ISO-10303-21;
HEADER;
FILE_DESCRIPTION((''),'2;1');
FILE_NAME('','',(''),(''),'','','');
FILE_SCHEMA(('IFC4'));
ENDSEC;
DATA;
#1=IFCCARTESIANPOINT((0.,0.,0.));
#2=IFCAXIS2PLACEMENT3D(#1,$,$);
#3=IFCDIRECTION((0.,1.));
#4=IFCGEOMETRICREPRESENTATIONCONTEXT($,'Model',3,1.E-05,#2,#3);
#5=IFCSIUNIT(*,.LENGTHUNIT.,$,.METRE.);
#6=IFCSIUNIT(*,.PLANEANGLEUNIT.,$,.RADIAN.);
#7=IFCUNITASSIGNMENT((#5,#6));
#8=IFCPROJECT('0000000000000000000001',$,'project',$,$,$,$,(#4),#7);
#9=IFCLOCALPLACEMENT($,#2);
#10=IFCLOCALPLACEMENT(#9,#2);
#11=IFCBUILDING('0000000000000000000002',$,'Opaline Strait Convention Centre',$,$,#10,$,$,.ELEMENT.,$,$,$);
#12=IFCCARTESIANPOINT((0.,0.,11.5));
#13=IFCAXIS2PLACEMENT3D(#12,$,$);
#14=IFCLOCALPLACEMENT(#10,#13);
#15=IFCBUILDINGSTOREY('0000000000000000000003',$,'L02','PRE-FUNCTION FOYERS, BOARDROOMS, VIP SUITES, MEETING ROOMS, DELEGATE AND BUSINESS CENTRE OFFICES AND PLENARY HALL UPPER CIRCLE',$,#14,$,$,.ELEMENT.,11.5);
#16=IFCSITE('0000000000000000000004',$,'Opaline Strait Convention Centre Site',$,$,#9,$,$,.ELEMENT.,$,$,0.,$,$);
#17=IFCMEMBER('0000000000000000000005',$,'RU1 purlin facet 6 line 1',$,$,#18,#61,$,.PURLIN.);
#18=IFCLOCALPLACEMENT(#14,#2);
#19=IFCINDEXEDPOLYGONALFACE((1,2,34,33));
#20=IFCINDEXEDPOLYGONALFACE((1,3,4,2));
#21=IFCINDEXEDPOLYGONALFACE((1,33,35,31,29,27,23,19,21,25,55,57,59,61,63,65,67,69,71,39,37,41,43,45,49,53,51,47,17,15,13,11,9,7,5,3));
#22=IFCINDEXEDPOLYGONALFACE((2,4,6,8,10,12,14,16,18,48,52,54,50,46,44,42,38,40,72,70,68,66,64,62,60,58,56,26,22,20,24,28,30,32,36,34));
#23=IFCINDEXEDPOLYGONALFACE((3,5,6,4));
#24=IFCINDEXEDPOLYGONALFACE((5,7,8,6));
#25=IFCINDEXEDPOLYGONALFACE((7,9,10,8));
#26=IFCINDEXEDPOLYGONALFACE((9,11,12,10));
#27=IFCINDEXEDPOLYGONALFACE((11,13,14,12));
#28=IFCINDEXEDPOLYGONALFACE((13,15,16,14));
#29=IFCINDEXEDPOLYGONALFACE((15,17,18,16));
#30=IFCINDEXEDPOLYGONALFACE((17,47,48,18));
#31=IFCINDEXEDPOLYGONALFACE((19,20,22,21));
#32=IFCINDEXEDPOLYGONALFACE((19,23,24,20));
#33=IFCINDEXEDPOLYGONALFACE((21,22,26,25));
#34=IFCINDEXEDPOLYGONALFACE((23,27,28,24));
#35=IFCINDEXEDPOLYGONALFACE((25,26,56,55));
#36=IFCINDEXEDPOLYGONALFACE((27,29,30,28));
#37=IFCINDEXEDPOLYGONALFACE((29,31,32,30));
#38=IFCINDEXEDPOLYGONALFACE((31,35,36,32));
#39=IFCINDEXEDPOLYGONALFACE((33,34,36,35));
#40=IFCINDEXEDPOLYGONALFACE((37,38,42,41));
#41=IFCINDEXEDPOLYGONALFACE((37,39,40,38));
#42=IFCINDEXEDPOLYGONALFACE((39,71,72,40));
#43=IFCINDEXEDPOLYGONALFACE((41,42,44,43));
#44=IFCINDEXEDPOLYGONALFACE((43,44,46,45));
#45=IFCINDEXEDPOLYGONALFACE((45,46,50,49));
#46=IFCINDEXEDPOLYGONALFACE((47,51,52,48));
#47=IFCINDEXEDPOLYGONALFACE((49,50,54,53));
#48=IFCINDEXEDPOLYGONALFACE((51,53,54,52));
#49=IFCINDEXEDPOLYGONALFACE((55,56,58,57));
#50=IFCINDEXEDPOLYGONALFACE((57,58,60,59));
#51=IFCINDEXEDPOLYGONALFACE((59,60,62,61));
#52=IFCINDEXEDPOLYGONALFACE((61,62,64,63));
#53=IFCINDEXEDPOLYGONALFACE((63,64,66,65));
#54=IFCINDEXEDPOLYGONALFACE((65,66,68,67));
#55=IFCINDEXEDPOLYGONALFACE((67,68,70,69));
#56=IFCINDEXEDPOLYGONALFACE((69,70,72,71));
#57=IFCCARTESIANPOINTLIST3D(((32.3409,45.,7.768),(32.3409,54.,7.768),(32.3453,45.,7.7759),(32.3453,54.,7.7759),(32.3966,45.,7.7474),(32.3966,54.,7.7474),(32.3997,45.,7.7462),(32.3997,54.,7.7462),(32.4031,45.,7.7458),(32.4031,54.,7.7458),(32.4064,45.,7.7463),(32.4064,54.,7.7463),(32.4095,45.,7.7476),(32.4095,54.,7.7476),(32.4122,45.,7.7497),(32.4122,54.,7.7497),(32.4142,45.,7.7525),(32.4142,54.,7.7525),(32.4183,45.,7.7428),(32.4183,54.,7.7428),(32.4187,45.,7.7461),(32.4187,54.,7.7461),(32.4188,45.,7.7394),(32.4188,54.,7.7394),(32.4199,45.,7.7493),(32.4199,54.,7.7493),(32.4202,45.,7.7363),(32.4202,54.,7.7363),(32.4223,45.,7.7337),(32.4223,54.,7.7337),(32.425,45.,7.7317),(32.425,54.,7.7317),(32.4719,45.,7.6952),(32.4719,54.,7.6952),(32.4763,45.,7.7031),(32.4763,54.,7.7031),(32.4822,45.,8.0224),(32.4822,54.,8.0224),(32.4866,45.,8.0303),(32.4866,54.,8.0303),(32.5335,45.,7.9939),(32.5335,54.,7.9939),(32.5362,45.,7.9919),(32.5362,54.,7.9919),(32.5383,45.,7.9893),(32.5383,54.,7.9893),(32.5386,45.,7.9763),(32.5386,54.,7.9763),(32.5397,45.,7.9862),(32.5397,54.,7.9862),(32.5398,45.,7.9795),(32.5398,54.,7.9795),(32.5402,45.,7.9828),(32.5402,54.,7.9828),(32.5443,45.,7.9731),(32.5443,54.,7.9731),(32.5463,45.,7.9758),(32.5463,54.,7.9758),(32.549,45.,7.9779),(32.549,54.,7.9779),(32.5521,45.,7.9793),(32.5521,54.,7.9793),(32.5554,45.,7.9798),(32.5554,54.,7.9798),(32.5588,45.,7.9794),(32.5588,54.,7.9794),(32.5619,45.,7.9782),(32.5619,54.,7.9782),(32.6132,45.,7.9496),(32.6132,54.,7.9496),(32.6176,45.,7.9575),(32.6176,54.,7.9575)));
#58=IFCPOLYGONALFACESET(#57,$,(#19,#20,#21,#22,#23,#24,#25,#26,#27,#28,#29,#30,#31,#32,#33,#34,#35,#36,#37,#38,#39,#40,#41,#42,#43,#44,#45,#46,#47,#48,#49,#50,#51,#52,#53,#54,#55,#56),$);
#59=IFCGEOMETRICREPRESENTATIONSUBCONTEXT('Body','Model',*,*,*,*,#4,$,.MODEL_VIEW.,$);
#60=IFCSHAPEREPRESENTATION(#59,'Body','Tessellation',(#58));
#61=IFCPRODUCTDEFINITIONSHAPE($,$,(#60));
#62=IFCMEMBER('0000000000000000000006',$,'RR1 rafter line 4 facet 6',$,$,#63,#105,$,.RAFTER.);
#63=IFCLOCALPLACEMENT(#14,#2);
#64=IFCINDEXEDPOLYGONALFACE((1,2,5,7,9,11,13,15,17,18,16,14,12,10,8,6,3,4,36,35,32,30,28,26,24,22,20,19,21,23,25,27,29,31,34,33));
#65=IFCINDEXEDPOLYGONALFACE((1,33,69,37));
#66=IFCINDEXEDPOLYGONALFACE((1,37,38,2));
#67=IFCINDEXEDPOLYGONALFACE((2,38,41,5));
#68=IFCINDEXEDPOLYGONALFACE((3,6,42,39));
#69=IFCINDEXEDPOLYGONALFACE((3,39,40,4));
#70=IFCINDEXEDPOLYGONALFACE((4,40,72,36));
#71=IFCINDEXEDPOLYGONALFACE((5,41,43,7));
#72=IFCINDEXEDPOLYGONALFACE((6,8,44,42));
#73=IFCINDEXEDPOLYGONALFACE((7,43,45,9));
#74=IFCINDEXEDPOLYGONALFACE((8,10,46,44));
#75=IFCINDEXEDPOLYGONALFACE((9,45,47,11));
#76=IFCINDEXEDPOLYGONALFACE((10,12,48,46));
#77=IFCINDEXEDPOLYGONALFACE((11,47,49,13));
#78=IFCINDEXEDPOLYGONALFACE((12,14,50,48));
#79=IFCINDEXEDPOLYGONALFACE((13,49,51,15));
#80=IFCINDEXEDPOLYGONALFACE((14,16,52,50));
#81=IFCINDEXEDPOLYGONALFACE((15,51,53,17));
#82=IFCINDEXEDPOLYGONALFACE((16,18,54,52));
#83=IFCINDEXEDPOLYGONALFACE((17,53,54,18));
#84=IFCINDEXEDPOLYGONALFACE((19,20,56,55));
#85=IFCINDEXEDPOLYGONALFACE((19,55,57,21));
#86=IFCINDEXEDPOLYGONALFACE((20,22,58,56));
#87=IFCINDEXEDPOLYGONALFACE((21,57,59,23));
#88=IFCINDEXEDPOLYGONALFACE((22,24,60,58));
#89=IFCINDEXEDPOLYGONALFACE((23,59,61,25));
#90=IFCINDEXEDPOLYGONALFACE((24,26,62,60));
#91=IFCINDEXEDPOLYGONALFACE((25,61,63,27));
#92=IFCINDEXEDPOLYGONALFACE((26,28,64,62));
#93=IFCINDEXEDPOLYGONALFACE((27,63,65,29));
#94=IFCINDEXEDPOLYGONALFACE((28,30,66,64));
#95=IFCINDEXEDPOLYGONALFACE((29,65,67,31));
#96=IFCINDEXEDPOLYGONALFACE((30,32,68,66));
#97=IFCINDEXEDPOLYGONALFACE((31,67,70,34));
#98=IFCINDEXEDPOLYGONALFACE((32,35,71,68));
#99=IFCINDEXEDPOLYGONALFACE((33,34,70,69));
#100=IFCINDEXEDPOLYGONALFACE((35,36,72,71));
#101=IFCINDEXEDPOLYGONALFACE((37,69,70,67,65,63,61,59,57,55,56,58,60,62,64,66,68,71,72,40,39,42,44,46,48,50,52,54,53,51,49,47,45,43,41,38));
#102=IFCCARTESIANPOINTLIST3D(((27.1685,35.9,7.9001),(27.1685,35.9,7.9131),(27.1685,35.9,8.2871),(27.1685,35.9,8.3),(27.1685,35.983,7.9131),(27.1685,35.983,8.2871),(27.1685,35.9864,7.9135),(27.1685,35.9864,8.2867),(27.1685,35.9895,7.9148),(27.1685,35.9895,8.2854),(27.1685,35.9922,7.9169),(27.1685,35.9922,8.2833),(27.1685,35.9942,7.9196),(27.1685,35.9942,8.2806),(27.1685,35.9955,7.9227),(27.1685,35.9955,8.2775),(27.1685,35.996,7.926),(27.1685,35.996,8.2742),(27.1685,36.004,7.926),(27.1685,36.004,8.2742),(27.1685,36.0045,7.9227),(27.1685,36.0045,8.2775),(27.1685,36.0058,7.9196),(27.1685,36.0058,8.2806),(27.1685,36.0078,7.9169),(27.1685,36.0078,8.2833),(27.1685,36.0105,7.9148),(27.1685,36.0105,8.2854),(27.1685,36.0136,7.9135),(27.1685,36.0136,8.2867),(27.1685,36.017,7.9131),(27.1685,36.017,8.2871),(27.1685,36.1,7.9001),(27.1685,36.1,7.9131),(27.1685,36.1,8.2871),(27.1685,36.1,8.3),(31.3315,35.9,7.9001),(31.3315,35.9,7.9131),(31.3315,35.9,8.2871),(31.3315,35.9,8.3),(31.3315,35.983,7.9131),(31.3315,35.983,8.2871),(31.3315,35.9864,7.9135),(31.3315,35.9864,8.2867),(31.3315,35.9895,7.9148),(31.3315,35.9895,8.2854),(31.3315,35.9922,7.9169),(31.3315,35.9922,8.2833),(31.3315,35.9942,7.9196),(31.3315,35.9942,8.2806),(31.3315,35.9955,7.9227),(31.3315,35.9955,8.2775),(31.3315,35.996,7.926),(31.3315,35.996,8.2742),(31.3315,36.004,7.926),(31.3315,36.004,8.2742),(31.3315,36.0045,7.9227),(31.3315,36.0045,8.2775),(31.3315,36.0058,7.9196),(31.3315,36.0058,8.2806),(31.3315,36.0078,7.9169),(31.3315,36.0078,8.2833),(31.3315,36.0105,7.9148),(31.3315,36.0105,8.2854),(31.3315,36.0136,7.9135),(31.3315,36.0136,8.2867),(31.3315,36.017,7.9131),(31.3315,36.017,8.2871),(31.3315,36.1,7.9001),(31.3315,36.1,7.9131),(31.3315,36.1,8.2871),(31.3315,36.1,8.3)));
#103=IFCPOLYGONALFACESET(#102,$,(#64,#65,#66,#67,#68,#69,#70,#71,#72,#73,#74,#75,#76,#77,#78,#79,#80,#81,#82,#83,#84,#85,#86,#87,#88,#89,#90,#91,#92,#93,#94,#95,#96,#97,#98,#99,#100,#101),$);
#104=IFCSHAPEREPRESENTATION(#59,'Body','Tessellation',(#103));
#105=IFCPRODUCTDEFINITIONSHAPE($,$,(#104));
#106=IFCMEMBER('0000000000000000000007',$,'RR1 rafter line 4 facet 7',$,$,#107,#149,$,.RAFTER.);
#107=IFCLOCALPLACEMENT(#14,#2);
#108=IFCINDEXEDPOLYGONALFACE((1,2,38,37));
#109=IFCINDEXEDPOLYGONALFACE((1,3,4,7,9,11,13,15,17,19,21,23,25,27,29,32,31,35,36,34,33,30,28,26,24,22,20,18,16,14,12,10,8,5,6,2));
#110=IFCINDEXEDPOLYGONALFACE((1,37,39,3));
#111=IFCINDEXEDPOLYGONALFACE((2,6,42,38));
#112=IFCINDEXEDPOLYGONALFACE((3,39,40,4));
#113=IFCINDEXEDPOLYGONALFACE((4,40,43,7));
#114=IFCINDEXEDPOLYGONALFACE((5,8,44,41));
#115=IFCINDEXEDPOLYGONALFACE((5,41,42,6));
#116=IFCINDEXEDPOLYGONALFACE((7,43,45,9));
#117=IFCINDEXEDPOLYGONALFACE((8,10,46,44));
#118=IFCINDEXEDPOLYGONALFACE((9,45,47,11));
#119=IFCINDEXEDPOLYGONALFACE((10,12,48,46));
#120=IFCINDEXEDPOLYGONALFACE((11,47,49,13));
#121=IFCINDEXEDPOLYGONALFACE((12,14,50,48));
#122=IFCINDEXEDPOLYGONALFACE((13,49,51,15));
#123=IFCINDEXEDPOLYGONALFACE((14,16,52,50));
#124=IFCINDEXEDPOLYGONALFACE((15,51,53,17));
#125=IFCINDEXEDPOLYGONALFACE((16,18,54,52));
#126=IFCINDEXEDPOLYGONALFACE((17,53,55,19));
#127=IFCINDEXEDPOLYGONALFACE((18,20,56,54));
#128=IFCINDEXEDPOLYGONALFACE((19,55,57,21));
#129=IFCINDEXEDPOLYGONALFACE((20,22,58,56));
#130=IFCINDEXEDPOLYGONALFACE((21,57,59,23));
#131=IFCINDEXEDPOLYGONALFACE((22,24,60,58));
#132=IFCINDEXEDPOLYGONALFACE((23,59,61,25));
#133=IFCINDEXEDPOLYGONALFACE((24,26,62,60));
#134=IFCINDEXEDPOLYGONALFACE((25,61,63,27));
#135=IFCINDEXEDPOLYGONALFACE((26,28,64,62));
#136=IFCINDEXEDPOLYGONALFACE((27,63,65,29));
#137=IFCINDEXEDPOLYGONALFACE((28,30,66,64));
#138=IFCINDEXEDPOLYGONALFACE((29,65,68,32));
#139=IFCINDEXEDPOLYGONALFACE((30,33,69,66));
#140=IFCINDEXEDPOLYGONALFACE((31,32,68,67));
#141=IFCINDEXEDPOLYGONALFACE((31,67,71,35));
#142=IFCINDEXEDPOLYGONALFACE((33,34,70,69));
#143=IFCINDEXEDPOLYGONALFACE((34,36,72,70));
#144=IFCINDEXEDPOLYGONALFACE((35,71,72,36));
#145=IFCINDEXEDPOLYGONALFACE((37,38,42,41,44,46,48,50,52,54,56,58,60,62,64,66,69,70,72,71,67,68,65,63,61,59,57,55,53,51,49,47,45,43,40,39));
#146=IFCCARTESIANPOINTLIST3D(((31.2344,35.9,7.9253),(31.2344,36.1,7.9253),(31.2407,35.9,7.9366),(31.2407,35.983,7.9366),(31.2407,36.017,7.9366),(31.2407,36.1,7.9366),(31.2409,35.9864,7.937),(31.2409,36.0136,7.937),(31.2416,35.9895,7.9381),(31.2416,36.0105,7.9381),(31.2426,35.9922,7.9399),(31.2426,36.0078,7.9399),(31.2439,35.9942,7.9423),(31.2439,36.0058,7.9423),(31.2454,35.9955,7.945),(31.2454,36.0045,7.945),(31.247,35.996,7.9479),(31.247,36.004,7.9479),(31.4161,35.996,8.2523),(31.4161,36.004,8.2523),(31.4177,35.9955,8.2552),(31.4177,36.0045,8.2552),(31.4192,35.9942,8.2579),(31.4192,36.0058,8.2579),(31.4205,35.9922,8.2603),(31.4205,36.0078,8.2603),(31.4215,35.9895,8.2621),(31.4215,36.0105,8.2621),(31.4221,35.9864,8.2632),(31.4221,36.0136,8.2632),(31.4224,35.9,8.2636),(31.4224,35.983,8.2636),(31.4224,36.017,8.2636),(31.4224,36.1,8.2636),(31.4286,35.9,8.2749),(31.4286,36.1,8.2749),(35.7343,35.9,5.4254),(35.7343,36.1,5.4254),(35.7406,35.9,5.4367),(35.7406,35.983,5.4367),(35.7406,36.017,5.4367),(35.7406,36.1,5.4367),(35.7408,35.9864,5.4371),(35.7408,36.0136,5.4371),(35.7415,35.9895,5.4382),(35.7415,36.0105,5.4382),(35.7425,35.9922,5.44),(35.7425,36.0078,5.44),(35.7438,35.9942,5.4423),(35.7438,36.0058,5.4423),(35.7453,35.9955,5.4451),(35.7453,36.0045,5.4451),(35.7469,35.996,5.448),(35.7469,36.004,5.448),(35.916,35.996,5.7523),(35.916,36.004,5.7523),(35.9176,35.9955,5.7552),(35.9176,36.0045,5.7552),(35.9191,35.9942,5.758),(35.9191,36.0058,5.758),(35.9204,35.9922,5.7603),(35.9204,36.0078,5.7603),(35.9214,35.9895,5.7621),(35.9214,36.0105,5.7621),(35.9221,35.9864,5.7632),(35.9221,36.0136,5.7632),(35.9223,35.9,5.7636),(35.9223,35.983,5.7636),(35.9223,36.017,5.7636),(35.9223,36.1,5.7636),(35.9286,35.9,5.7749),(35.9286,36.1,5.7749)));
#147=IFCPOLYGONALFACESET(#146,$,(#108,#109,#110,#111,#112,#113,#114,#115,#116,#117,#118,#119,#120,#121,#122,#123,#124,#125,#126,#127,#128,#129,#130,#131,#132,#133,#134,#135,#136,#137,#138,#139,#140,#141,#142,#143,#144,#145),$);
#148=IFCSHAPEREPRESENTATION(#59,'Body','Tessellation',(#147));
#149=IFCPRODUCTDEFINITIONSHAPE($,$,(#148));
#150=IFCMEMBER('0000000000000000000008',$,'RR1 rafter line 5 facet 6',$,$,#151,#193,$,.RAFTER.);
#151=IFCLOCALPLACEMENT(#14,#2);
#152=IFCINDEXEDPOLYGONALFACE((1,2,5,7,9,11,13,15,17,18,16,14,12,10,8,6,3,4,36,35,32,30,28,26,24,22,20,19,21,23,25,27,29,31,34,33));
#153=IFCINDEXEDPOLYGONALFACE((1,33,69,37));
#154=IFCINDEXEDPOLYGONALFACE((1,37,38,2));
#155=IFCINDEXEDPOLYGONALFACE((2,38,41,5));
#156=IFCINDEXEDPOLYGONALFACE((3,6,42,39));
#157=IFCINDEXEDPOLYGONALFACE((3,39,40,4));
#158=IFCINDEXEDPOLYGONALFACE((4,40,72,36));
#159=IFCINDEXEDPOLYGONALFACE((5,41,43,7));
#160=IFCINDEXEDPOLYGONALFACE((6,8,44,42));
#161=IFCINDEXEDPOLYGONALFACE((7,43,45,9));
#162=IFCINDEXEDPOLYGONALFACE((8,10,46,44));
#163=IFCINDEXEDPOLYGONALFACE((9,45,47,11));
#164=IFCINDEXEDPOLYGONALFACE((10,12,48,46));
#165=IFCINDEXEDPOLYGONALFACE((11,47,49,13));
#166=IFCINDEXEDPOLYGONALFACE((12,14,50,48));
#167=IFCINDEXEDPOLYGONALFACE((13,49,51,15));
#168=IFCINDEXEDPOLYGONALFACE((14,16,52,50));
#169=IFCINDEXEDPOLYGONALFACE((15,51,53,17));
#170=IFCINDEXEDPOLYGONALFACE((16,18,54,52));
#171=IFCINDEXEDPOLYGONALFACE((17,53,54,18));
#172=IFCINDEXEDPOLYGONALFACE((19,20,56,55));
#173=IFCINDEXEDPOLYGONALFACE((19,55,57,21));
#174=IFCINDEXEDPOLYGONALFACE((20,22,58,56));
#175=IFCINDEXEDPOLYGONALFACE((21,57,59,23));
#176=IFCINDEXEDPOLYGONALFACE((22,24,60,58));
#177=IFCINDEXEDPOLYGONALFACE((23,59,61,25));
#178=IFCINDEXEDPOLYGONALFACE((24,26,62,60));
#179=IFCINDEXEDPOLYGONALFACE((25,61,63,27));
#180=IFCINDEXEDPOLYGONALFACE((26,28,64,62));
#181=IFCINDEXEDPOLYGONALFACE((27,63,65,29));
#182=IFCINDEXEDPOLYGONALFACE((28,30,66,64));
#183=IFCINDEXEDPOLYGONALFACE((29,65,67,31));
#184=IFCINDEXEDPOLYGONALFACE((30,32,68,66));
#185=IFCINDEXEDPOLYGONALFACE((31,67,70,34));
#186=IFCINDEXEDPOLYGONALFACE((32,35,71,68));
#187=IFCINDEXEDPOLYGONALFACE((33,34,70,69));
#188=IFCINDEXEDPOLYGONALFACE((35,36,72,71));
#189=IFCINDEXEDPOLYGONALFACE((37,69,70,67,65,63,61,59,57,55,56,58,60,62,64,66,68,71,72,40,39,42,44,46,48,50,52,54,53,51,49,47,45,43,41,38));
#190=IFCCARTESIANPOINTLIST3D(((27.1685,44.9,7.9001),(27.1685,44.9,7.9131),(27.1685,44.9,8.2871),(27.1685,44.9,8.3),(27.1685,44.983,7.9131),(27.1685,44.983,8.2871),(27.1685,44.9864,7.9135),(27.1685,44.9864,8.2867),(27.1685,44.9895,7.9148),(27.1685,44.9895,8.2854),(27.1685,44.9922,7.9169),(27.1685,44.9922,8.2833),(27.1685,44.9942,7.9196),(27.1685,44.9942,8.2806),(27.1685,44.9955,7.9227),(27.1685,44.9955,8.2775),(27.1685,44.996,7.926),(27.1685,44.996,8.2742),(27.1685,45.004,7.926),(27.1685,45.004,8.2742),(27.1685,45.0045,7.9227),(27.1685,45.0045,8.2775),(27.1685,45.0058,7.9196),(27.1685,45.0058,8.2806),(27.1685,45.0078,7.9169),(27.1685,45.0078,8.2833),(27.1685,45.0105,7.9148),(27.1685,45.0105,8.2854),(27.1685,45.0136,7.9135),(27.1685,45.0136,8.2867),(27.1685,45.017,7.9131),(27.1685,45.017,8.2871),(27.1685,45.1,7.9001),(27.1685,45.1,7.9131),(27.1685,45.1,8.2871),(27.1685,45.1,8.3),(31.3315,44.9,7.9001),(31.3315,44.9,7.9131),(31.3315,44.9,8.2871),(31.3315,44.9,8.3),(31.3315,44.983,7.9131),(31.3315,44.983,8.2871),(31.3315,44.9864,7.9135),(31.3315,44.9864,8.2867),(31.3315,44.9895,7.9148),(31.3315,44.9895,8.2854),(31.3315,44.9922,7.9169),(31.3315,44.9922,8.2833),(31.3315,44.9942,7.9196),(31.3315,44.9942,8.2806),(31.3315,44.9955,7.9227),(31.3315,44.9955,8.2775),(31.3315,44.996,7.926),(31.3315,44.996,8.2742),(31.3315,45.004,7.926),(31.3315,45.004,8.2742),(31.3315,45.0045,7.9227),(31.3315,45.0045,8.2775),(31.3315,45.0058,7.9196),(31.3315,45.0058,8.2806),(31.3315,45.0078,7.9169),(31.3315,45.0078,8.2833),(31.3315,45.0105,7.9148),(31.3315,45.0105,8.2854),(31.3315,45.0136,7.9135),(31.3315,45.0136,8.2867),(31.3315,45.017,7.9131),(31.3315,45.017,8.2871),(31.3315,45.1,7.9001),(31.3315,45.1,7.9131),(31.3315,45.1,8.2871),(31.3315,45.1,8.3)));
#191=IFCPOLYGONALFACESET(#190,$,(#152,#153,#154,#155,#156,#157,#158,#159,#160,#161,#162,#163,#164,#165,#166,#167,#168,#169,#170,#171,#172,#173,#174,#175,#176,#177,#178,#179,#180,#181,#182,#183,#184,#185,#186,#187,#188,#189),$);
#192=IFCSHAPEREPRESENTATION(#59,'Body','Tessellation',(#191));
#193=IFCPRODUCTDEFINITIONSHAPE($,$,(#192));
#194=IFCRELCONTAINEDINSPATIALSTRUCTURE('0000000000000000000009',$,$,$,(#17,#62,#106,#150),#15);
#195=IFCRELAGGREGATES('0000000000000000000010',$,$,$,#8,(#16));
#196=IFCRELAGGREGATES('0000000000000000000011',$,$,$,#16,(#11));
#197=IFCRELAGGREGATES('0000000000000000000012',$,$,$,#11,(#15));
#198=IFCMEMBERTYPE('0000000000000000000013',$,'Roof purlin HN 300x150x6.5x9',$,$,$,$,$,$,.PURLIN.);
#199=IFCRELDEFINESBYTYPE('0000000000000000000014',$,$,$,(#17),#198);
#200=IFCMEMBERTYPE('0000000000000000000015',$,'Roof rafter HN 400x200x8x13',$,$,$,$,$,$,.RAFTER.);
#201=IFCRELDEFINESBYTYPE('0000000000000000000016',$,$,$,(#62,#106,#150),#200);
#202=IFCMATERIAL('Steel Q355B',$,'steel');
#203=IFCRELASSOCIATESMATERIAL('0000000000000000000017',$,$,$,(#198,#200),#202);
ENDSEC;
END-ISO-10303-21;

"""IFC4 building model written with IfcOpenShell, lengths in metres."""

from ifc_helpers import new_model, si_unit, direction, frame, origin, origin_2d, place, context, subcontext, project, spatial, i_section, extrude, material, material_profile, profile_set, type_object, element, save


model = new_model("IFC4")

# Units and contexts
model_context = context("Model", 3, precision=1e-05, world=origin(), true_north=direction((0.0, 1.0)))
body_context = subcontext(model_context, "Body", "Model", "MODEL_VIEW")
ifc_project = project(units=[si_unit("LENGTHUNIT", "METRE"), si_unit("PLANEANGLEUNIT", "RADIAN")], contexts=[model_context])

# Site, building, storey
site_placement = place(None, origin())
site = spatial("IfcSite", under=ifc_project, at=site_placement, Name="Opaline Strait Convention Centre Site", CompositionType="ELEMENT", RefElevation=0.0)
building_placement = place(site_placement, origin())
building = spatial("IfcBuilding", under=site, at=building_placement, Name="Opaline Strait Convention Centre", CompositionType="ELEMENT")
storey_placement = place(building_placement, frame((0.0, 0.0, 11.5)))
storey = spatial("IfcBuildingStorey", under=building, at=storey_placement, Name="L02", Description="PRE-FUNCTION FOYERS, BOARDROOMS, VIP SUITES, MEETING ROOMS, DELEGATE AND BUSINESS CENTRE OFFICES AND PLENARY HALL UPPER CIRCLE", CompositionType="ELEMENT", Elevation=11.5)

# Shared definitions
ifc_material_1 = material(Name="Steel Q355B", Category="steel")

# Members
ifc_material_profile_1 = material_profile(ifc_material_1, i_section(OverallWidth=0.1499, OverallDepth=0.3, WebThickness=0.0066, FlangeThickness=0.009, FilletRadius=0.0129, at=origin_2d()), Name="HN 300x150x6.5x9")
ifc_profile_set_1 = profile_set([ifc_material_profile_1], Name="Steel Q355B")
member_type_1 = type_object("IfcMemberType", Name="Roof purlin HN 300x150x6.5x9", PredefinedType="PURLIN", material=ifc_profile_set_1)
for number, where, z_axis, x_axis, name in (
    (1, (32.4792, 45.0, 7.8628), (0.0, 1.0, 0.0), (-0.874157, 0.0, 0.485643), "RU1 purlin facet 6 line 1"),
):
    element("IfcMember", number, at=place(storey_placement, frame(where, z_axis=z_axis, x_axis=x_axis)), inside=storey, type_object=member_type_1, Name=name, PredefinedType="PURLIN", context=body_context, shape_type="SweptSolid", body=[
        extrude(i_section(OverallWidth=0.1499, OverallDepth=0.3, WebThickness=0.0066, FlangeThickness=0.009, FilletRadius=0.0129, at=origin_2d()), origin(), (0.0, 0.0, 1.0), 9.0),
    ])
ifc_material_profile_2 = material_profile(ifc_material_1, i_section(OverallWidth=0.2, OverallDepth=0.3999, WebThickness=0.0081, FlangeThickness=0.0129, FilletRadius=0.0129, at=origin_2d()), Name="HN 400x200x8x13")
ifc_profile_set_2 = profile_set([ifc_material_profile_2], Name="Steel Q355B")
member_type_2 = type_object("IfcMemberType", Name="Roof rafter HN 400x200x8x13", PredefinedType="RAFTER", material=ifc_profile_set_2)
member_1_placement = place(storey_placement, frame((27.1685, 36.0, 8.1001), z_axis=(1.0, 0.0, 0.0), x_axis=(0.0, 1.0, 0.0)))
element("IfcMember", 2, at=member_1_placement, inside=storey, type_object=member_type_2, Name="RR1 rafter line 4 facet 6", PredefinedType="RAFTER", context=body_context, shape_type="SweptSolid", body=[
    extrude(i_section(OverallWidth=0.2, OverallDepth=0.3999, WebThickness=0.0081, FlangeThickness=0.0129, FilletRadius=0.0129, at=origin_2d()), origin(), (0.0, 0.0, 1.0), 4.1631),
])
member_2_placement = place(storey_placement, frame((31.3315, 36.0, 8.1001), z_axis=(0.874157, 0.0, -0.485643), x_axis=(0.0, 1.0, 0.0)))
element("IfcMember", 3, at=member_2_placement, inside=storey, type_object=member_type_2, Name="RR1 rafter line 4 facet 7", PredefinedType="RAFTER", context=body_context, shape_type="SweptSolid", body=[
    extrude(i_section(OverallWidth=0.2, OverallDepth=0.3999, WebThickness=0.0081, FlangeThickness=0.0129, FilletRadius=0.0129, at=origin_2d()), origin(), (0.0, 0.0, 1.0), 5.1477),
])
member_3_placement = place(storey_placement, frame((27.1685, 45.0, 8.1001), z_axis=(1.0, 0.0, 0.0), x_axis=(0.0, 1.0, 0.0)))
element("IfcMember", 4, at=member_3_placement, inside=storey, type_object=member_type_2, Name="RR1 rafter line 5 facet 6", PredefinedType="RAFTER", context=body_context, shape_type="SweptSolid", body=[
    extrude(i_section(OverallWidth=0.2, OverallDepth=0.3999, WebThickness=0.0081, FlangeThickness=0.0129, FilletRadius=0.0129, at=origin_2d()), origin(), (0.0, 0.0, 1.0), 4.1631),
])

save(model, "model.ifc")
